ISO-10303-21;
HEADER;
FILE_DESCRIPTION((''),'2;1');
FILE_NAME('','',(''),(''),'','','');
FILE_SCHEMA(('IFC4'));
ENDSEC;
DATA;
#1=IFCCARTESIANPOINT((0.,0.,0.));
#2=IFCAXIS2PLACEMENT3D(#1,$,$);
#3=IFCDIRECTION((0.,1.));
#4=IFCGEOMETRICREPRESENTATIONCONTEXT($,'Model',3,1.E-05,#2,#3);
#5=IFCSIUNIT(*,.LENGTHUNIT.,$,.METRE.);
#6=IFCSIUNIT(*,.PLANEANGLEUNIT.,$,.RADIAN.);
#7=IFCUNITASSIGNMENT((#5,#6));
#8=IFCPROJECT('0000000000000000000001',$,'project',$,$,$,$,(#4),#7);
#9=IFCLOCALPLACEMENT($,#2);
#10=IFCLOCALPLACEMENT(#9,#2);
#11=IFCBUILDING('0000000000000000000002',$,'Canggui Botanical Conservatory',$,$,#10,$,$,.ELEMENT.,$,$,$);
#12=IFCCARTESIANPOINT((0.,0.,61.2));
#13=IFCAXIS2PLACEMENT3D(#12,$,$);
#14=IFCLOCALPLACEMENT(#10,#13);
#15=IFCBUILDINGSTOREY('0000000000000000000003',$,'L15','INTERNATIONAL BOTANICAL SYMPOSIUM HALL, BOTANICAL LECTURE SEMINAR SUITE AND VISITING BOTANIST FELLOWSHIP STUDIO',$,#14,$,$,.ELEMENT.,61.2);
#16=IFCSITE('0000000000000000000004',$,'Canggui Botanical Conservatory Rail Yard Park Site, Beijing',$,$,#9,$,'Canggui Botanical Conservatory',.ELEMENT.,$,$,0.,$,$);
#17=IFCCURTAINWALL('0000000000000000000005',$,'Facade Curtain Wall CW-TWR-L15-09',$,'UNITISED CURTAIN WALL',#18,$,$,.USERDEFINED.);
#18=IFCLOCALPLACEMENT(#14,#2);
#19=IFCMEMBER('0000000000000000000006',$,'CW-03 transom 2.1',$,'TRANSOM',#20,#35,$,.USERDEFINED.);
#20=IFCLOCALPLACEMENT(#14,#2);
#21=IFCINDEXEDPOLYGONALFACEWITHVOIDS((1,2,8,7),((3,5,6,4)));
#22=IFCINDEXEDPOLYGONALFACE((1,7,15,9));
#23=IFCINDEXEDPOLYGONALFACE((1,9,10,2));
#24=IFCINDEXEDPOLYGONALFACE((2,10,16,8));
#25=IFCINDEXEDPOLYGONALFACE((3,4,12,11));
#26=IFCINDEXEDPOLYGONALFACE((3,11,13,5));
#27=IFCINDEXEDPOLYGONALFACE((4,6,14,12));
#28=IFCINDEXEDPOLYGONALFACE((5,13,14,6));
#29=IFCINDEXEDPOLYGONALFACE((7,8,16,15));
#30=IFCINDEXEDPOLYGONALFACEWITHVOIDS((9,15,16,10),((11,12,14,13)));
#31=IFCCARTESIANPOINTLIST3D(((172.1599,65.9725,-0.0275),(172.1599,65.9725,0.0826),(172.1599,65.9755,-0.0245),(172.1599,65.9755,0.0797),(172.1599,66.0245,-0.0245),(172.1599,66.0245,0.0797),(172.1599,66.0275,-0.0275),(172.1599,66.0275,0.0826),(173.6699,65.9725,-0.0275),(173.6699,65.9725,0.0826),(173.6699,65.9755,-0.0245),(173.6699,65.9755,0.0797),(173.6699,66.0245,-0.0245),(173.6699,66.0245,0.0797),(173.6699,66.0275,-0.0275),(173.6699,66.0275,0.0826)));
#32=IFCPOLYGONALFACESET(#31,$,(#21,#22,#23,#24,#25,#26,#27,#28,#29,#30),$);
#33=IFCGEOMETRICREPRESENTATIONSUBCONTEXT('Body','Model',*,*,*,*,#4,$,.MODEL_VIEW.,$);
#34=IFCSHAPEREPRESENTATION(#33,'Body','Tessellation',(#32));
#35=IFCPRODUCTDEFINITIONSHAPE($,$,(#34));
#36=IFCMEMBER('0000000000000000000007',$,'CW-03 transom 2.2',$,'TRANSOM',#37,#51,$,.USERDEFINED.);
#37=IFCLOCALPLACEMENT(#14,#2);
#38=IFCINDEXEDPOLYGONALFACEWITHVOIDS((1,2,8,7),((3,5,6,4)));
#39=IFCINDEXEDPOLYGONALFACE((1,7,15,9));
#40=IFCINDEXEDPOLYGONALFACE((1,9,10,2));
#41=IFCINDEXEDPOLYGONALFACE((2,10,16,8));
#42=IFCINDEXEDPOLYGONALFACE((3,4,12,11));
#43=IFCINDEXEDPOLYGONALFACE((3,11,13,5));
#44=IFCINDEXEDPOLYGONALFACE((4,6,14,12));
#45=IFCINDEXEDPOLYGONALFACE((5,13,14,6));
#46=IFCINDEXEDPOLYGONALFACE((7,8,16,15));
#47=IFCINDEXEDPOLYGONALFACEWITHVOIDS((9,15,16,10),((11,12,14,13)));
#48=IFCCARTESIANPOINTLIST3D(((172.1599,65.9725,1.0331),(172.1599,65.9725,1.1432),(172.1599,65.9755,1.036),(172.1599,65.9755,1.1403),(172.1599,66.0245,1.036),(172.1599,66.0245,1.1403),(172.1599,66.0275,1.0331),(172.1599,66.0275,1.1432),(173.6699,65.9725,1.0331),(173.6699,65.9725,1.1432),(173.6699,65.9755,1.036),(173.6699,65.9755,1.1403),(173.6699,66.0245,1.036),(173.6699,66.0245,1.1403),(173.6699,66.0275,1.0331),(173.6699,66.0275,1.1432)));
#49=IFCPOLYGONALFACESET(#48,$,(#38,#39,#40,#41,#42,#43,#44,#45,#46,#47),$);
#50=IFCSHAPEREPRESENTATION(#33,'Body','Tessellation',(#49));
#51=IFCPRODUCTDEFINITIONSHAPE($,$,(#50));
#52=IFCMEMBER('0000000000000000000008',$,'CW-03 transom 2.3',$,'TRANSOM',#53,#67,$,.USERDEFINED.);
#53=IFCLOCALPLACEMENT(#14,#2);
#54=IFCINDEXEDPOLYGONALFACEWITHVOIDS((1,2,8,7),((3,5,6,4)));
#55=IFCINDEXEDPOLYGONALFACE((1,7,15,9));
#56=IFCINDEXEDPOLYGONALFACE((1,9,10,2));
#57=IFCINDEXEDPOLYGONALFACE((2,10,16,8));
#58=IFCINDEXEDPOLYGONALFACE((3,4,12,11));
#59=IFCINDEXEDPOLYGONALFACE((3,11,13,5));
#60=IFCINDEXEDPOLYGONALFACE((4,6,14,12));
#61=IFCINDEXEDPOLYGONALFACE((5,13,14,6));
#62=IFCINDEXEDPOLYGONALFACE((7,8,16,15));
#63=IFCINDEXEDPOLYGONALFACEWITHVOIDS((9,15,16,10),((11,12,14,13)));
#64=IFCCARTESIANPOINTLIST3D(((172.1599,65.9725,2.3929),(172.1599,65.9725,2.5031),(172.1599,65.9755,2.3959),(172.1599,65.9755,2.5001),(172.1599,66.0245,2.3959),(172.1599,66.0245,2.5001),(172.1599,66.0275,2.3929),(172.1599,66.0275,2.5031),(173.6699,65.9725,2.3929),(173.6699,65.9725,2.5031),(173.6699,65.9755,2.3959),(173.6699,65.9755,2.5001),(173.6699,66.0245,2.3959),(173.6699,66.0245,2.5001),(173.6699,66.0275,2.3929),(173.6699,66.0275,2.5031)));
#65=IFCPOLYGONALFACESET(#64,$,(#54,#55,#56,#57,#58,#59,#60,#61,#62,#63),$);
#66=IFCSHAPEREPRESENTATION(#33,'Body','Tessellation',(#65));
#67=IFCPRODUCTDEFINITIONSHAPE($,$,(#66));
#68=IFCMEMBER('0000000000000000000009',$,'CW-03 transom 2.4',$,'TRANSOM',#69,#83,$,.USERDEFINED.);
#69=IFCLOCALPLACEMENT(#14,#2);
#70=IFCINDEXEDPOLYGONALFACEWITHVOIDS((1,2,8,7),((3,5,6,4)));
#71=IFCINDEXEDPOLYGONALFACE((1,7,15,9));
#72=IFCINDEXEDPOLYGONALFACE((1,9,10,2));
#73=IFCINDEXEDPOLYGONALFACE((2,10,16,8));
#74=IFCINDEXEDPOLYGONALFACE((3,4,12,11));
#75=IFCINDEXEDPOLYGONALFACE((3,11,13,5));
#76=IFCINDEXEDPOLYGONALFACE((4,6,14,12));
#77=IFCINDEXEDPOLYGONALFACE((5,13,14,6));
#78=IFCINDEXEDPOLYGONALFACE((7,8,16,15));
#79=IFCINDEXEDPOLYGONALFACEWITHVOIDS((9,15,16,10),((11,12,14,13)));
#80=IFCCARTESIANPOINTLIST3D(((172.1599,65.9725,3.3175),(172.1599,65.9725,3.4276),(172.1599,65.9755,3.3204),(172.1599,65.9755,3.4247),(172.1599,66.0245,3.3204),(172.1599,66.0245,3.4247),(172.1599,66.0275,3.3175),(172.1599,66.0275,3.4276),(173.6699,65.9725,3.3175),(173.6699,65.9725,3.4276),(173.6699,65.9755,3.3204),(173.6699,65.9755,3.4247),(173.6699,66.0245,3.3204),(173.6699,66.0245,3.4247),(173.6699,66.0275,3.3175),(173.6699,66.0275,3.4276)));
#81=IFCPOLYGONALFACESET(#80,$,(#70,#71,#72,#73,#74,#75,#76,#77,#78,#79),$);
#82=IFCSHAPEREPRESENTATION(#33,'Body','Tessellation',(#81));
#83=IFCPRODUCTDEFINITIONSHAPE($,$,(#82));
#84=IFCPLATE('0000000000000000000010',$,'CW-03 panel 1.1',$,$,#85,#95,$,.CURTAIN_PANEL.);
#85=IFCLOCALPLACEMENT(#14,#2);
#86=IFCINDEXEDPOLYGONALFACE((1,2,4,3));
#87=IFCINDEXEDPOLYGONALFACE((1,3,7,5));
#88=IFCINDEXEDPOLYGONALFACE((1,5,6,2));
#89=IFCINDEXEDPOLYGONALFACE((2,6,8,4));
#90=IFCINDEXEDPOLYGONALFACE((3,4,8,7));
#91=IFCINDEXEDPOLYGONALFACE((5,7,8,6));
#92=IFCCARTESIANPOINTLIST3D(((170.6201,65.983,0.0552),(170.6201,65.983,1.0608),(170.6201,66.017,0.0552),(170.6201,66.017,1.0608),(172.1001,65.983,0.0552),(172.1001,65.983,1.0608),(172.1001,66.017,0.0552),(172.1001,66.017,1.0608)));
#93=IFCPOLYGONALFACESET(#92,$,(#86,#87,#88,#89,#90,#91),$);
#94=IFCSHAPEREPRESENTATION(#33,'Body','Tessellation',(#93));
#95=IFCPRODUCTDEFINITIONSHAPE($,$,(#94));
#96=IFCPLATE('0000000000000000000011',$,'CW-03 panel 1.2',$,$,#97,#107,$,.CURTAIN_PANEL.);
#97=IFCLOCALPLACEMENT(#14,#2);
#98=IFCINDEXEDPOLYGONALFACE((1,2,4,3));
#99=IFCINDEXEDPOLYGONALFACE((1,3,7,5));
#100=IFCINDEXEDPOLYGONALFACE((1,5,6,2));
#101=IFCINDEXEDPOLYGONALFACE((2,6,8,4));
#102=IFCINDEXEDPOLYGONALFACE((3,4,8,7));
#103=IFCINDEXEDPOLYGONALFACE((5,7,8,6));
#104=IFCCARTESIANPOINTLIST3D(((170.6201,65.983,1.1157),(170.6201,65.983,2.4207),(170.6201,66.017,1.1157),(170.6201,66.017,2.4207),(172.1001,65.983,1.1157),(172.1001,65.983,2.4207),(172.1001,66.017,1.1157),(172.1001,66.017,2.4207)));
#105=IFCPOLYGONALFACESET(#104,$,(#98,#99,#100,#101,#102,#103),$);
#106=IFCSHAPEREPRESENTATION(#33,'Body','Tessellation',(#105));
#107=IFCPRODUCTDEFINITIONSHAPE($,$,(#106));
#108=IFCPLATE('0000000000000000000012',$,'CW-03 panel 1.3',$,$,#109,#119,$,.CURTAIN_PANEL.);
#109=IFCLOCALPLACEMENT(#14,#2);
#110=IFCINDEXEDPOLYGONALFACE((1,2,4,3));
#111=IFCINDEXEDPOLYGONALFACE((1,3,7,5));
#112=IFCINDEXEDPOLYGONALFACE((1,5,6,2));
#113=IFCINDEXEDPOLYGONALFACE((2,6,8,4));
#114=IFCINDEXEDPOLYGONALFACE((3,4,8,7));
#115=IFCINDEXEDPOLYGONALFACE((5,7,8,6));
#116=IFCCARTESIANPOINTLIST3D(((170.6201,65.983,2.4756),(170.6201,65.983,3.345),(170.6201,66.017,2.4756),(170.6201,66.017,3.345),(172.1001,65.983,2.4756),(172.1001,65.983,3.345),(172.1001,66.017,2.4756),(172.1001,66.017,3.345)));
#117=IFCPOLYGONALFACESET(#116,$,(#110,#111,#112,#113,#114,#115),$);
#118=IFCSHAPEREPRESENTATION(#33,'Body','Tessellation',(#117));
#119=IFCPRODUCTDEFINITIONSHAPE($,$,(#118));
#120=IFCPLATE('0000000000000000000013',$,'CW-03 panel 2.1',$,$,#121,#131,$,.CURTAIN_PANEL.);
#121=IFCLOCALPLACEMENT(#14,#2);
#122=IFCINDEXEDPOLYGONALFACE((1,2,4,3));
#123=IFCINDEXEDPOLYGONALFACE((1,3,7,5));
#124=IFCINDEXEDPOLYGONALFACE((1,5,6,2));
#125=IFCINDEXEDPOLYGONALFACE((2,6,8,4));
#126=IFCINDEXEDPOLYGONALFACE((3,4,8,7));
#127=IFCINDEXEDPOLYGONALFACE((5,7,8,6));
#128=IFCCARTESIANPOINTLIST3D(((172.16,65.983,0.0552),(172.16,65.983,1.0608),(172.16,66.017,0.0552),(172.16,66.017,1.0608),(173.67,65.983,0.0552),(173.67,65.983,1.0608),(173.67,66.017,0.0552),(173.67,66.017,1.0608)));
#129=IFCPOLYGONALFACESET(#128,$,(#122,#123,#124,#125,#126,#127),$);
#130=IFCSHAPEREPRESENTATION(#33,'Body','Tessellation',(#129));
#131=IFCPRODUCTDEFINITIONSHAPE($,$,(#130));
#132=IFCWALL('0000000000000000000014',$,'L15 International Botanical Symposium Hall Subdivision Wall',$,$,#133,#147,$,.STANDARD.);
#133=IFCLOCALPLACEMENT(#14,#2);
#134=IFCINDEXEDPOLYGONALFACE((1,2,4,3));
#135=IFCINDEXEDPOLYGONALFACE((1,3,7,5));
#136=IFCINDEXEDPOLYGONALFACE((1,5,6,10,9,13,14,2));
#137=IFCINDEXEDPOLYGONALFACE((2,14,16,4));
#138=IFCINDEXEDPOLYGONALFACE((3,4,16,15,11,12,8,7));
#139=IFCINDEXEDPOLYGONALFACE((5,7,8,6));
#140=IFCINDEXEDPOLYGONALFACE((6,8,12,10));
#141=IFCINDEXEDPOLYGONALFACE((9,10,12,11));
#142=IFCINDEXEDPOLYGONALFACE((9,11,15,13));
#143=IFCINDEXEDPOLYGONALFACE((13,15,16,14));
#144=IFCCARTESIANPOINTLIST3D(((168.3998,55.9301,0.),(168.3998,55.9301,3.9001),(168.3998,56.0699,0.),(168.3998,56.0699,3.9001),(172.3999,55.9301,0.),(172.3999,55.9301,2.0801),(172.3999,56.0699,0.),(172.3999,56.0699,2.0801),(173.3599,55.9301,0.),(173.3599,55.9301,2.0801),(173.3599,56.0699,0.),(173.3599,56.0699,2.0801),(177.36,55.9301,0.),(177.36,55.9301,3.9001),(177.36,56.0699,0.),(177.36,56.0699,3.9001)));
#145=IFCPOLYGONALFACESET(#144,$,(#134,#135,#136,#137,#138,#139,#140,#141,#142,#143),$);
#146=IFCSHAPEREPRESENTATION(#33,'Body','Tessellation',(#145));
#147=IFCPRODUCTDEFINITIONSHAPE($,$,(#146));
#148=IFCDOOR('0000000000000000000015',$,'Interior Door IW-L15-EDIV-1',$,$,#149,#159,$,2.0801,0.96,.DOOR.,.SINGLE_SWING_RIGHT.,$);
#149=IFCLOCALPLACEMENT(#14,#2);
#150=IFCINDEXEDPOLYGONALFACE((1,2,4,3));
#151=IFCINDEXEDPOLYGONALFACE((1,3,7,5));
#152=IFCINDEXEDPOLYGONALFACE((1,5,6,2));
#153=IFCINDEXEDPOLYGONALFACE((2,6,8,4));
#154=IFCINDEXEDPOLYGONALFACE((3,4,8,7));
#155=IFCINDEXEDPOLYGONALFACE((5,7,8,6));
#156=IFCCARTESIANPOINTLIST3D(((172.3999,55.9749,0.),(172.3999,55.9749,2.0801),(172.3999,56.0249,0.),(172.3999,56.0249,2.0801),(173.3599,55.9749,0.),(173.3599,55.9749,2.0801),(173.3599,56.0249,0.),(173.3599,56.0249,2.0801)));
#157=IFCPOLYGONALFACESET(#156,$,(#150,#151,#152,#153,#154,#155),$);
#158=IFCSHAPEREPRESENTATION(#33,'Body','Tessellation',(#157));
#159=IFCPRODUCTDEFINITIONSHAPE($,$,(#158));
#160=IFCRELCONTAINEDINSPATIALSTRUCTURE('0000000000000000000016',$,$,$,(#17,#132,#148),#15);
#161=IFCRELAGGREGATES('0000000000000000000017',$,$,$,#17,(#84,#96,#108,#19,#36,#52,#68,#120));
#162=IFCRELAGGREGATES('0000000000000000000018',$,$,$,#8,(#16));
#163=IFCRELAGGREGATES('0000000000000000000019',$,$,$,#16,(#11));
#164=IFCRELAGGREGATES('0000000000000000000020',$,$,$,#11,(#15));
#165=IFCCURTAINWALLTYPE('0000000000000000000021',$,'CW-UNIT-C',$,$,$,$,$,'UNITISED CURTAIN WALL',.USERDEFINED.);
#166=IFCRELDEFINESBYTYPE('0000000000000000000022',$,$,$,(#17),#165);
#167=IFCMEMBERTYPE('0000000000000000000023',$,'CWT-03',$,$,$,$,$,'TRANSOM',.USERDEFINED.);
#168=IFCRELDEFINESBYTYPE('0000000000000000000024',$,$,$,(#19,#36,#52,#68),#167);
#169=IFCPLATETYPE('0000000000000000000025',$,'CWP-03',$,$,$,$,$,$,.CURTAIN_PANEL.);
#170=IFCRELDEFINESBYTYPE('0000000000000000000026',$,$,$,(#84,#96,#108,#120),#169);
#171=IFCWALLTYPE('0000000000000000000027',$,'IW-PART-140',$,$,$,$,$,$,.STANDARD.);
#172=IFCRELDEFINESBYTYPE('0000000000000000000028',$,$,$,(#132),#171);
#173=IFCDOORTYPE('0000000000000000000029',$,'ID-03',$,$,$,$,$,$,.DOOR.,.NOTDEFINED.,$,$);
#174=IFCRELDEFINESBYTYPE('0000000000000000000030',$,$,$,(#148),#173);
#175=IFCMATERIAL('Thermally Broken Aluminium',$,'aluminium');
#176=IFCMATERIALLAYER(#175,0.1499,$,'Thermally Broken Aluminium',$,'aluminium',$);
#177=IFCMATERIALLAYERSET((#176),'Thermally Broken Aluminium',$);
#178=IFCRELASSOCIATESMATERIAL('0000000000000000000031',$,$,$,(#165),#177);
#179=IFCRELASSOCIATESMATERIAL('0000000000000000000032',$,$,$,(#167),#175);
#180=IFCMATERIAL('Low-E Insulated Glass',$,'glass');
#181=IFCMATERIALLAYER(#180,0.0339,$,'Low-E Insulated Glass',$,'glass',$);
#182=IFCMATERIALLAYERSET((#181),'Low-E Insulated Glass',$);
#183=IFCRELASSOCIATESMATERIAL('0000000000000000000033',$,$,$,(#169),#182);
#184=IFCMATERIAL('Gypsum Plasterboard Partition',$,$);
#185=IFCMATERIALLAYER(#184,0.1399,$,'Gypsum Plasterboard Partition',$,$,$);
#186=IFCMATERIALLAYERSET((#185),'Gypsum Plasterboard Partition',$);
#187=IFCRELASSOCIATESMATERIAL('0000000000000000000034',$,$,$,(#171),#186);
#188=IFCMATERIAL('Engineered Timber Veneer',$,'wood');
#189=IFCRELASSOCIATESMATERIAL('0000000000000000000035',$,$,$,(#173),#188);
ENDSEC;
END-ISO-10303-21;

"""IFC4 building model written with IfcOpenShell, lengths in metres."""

from ifc_helpers import new_model, si_unit, direction, frame, frame_2d, origin, origin_2d, place, context, subcontext, project, spatial, rectangle, hollow_rectangle, extrude, material, layer, layer_set, material_profile, profile_set, type_object, element, fill, aggregate, save


model = new_model("IFC4")

# Units and contexts
model_context = context("Model", 3, precision=1e-05, world=origin(), true_north=direction((0.0, 1.0)))
body_context = subcontext(model_context, "Body", "Model", "MODEL_VIEW")
ifc_project = project(units=[si_unit("LENGTHUNIT", "METRE"), si_unit("PLANEANGLEUNIT", "RADIAN")], contexts=[model_context])

# Site, building, storey
site_placement = place(None, origin())
site = spatial("IfcSite", under=ifc_project, at=site_placement, Name="Canggui Botanical Conservatory Rail Yard Park Site, Beijing", LongName="Canggui Botanical Conservatory", CompositionType="ELEMENT", RefElevation=0.0)
building_placement = place(site_placement, origin())
building = spatial("IfcBuilding", under=site, at=building_placement, Name="Canggui Botanical Conservatory", CompositionType="ELEMENT")
storey_placement = place(building_placement, frame((0.0, 0.0, 61.2)))
storey = spatial("IfcBuildingStorey", under=building, at=storey_placement, Name="L15", Description="INTERNATIONAL BOTANICAL SYMPOSIUM HALL, BOTANICAL LECTURE SEMINAR SUITE AND VISITING BOTANIST FELLOWSHIP STUDIO", CompositionType="ELEMENT", Elevation=61.2)

# Curtain wall, members, plates
ifc_material_1 = material(Name="Thermally Broken Aluminium", Category="aluminium")
ifc_layer_1 = layer(ifc_material_1, 0.1499, Name="Thermally Broken Aluminium", Category="aluminium")
ifc_layer_set_1 = layer_set([ifc_layer_1], Name="Thermally Broken Aluminium")
curtain_wall_type = type_object("IfcCurtainWallType", Name="CW-UNIT-C", ElementType="UNITISED CURTAIN WALL", PredefinedType="USERDEFINED", material=ifc_layer_set_1)
curtain_wall_placement = place(storey_placement, origin())
curtain_wall = element("IfcCurtainWall", 1, at=curtain_wall_placement, inside=storey, type_object=curtain_wall_type, Name="Facade Curtain Wall CW-TWR-L15-09", ObjectType="UNITISED CURTAIN WALL", PredefinedType="USERDEFINED")
ifc_material_profile_1 = material_profile(ifc_material_1, hollow_rectangle(XDim=0.0549, YDim=0.1101, WallThickness=0.0029, at=origin_2d()), Name="CWT 55x110x3")
ifc_profile_set_1 = profile_set([ifc_material_profile_1], Name="Thermally Broken Aluminium")
member_type_1 = type_object("IfcMemberType", Name="CWT-03", ElementType="TRANSOM", PredefinedType="USERDEFINED", material=ifc_profile_set_1)
member_1_placement = place(storey_placement, frame((172.1599, 66.0, 0.0276), z_axis=(1.0, 0.0, 0.0), x_axis=(0.0, 1.0, 0.0)))
member_1 = element("IfcMember", 2, at=member_1_placement, type_object=member_type_1, Name="CW-03 transom 2.1", ObjectType="TRANSOM", PredefinedType="USERDEFINED", context=body_context, shape_type="SweptSolid", body=[
    extrude(hollow_rectangle(XDim=0.0549, YDim=0.1101, WallThickness=0.0029, at=origin_2d()), origin(), (0.0, 0.0, 1.0), 1.51),
])
member_2_placement = place(storey_placement, frame((172.1599, 66.0, 1.0881), z_axis=(1.0, 0.0, 0.0), x_axis=(0.0, 1.0, 0.0)))
member_2 = element("IfcMember", 3, at=member_2_placement, type_object=member_type_1, Name="CW-03 transom 2.2", ObjectType="TRANSOM", PredefinedType="USERDEFINED", context=body_context, shape_type="SweptSolid", body=[
    extrude(hollow_rectangle(XDim=0.0549, YDim=0.1101, WallThickness=0.0029, at=origin_2d()), origin(), (0.0, 0.0, 1.0), 1.51),
])
member_3_placement = place(storey_placement, frame((172.1599, 66.0, 2.448), z_axis=(1.0, 0.0, 0.0), x_axis=(0.0, 1.0, 0.0)))
member_3 = element("IfcMember", 4, at=member_3_placement, type_object=member_type_1, Name="CW-03 transom 2.3", ObjectType="TRANSOM", PredefinedType="USERDEFINED", context=body_context, shape_type="SweptSolid", body=[
    extrude(hollow_rectangle(XDim=0.0549, YDim=0.1101, WallThickness=0.0029, at=origin_2d()), origin(), (0.0, 0.0, 1.0), 1.51),
])
member_4_placement = place(storey_placement, frame((172.1599, 66.0, 3.3726), z_axis=(1.0, 0.0, 0.0), x_axis=(0.0, 1.0, 0.0)))
member_4 = element("IfcMember", 5, at=member_4_placement, type_object=member_type_1, Name="CW-03 transom 2.4", ObjectType="TRANSOM", PredefinedType="USERDEFINED", context=body_context, shape_type="SweptSolid", body=[
    extrude(hollow_rectangle(XDim=0.0549, YDim=0.1101, WallThickness=0.0029, at=origin_2d()), origin(), (0.0, 0.0, 1.0), 1.51),
])
ifc_material_2 = material(Name="Low-E Insulated Glass", Category="glass")
ifc_layer_2 = layer(ifc_material_2, 0.0339, Name="Low-E Insulated Glass", Category="glass")
ifc_layer_set_2 = layer_set([ifc_layer_2], Name="Low-E Insulated Glass")
plate_type = type_object("IfcPlateType", Name="CWP-03", PredefinedType="CURTAIN_PANEL", material=ifc_layer_set_2)
plate_1_placement = place(storey_placement, frame((171.3601, 66.0, 0.0552), z_axis=(0.0, 0.0, 1.0), x_axis=(1.0, 0.0, 0.0)))
plate_1 = element("IfcPlate", 6, at=plate_1_placement, type_object=plate_type, Name="CW-03 panel 1.1", PredefinedType="CURTAIN_PANEL", context=body_context, shape_type="SweptSolid", body=[
    extrude(rectangle(XDim=1.48, YDim=0.0339, at=origin_2d()), origin(), (0.0, 0.0, 1.0), 1.0056),
])
plate_2_placement = place(storey_placement, frame((171.3601, 66.0, 1.1157), z_axis=(0.0, 0.0, 1.0), x_axis=(1.0, 0.0, 0.0)))
plate_2 = element("IfcPlate", 7, at=plate_2_placement, type_object=plate_type, Name="CW-03 panel 1.2", PredefinedType="CURTAIN_PANEL", context=body_context, shape_type="SweptSolid", body=[
    extrude(rectangle(XDim=1.48, YDim=0.0339, at=origin_2d()), origin(), (0.0, 0.0, 1.0), 1.3049),
])
plate_3_placement = place(storey_placement, frame((171.3601, 66.0, 2.4756), z_axis=(0.0, 0.0, 1.0), x_axis=(1.0, 0.0, 0.0)))
plate_3 = element("IfcPlate", 8, at=plate_3_placement, type_object=plate_type, Name="CW-03 panel 1.3", PredefinedType="CURTAIN_PANEL", context=body_context, shape_type="SweptSolid", body=[
    extrude(rectangle(XDim=1.48, YDim=0.0339, at=origin_2d()), origin(), (0.0, 0.0, 1.0), 0.8694),
])
plate_4_placement = place(storey_placement, frame((172.915, 66.0, 0.0552), z_axis=(0.0, 0.0, 1.0), x_axis=(1.0, 0.0, 0.0)))
plate_4 = element("IfcPlate", 9, at=plate_4_placement, type_object=plate_type, Name="CW-03 panel 2.1", PredefinedType="CURTAIN_PANEL", context=body_context, shape_type="SweptSolid", body=[
    extrude(rectangle(XDim=1.51, YDim=0.0339, at=origin_2d()), origin(), (0.0, 0.0, 1.0), 1.0056),
])
aggregate(curtain_wall, [plate_1, plate_2, plate_3, member_1, member_2, member_3, member_4, plate_4])

# Wall, opening, door
ifc_material_3 = material(Name="Gypsum Plasterboard Partition")
ifc_layer_3 = layer(ifc_material_3, 0.1399, Name="Gypsum Plasterboard Partition")
ifc_layer_set_3 = layer_set([ifc_layer_3], Name="Gypsum Plasterboard Partition")
wall_type = type_object("IfcWallType", Name="IW-PART-140", PredefinedType="STANDARD", material=ifc_layer_set_3)
wall_placement = place(storey_placement, frame((168.3999, 56.0, 0.0), z_axis=(0.0, 0.0, 1.0), x_axis=(1.0, 0.0, 0.0)))
wall = element("IfcWall", 10, at=wall_placement, inside=storey, type_object=wall_type, Name="L15 International Botanical Symposium Hall Subdivision Wall", PredefinedType="STANDARD", context=body_context, shape_type="SweptSolid", body=[
    extrude(rectangle(XDim=8.9602, YDim=0.1399, at=frame_2d((4.48, 0.0))), origin(), (0.0, 0.0, 1.0), 3.9001),
])
opening_placement = place(wall_placement, frame((4.0, 0.0, 0.0)))
opening = element("IfcOpeningElement", 11, at=opening_placement, cuts=wall, PredefinedType="OPENING", context=body_context, shape_type="SweptSolid", body=[
    extrude(rectangle(XDim=0.96, YDim=2.0801, at=frame_2d((0.48, 1.04))), frame((0.0, 0.0801, 0.0), z_axis=(0.0, -1.0, 0.0), x_axis=(1.0, 0.0, 0.0)), (0.0, 0.0, 1.0), 0.1599),
])
ifc_material_4 = material(Name="Engineered Timber Veneer", Category="wood")
door_type = type_object("IfcDoorType", Name="ID-03", OperationType="NOTDEFINED", PredefinedType="DOOR", material=ifc_material_4)
door_placement = place(opening_placement, origin())
door = element("IfcDoor", 12, at=door_placement, inside=storey, type_object=door_type, Name="Interior Door IW-L15-EDIV-1", OperationType="SINGLE_SWING_RIGHT", OverallHeight=2.0801, OverallWidth=0.96, PredefinedType="DOOR", context=body_context, shape_type="SweptSolid", body=[
    extrude(rectangle(XDim=0.96, YDim=2.0801, at=frame_2d((0.48, 1.04))), frame((0.0, 0.0249, 0.0), z_axis=(0.0, -1.0, 0.0), x_axis=(1.0, 0.0, 0.0)), (0.0, 0.0, 1.0), 0.05),
])
fill(opening, door)

save(model, "model.ifc")
